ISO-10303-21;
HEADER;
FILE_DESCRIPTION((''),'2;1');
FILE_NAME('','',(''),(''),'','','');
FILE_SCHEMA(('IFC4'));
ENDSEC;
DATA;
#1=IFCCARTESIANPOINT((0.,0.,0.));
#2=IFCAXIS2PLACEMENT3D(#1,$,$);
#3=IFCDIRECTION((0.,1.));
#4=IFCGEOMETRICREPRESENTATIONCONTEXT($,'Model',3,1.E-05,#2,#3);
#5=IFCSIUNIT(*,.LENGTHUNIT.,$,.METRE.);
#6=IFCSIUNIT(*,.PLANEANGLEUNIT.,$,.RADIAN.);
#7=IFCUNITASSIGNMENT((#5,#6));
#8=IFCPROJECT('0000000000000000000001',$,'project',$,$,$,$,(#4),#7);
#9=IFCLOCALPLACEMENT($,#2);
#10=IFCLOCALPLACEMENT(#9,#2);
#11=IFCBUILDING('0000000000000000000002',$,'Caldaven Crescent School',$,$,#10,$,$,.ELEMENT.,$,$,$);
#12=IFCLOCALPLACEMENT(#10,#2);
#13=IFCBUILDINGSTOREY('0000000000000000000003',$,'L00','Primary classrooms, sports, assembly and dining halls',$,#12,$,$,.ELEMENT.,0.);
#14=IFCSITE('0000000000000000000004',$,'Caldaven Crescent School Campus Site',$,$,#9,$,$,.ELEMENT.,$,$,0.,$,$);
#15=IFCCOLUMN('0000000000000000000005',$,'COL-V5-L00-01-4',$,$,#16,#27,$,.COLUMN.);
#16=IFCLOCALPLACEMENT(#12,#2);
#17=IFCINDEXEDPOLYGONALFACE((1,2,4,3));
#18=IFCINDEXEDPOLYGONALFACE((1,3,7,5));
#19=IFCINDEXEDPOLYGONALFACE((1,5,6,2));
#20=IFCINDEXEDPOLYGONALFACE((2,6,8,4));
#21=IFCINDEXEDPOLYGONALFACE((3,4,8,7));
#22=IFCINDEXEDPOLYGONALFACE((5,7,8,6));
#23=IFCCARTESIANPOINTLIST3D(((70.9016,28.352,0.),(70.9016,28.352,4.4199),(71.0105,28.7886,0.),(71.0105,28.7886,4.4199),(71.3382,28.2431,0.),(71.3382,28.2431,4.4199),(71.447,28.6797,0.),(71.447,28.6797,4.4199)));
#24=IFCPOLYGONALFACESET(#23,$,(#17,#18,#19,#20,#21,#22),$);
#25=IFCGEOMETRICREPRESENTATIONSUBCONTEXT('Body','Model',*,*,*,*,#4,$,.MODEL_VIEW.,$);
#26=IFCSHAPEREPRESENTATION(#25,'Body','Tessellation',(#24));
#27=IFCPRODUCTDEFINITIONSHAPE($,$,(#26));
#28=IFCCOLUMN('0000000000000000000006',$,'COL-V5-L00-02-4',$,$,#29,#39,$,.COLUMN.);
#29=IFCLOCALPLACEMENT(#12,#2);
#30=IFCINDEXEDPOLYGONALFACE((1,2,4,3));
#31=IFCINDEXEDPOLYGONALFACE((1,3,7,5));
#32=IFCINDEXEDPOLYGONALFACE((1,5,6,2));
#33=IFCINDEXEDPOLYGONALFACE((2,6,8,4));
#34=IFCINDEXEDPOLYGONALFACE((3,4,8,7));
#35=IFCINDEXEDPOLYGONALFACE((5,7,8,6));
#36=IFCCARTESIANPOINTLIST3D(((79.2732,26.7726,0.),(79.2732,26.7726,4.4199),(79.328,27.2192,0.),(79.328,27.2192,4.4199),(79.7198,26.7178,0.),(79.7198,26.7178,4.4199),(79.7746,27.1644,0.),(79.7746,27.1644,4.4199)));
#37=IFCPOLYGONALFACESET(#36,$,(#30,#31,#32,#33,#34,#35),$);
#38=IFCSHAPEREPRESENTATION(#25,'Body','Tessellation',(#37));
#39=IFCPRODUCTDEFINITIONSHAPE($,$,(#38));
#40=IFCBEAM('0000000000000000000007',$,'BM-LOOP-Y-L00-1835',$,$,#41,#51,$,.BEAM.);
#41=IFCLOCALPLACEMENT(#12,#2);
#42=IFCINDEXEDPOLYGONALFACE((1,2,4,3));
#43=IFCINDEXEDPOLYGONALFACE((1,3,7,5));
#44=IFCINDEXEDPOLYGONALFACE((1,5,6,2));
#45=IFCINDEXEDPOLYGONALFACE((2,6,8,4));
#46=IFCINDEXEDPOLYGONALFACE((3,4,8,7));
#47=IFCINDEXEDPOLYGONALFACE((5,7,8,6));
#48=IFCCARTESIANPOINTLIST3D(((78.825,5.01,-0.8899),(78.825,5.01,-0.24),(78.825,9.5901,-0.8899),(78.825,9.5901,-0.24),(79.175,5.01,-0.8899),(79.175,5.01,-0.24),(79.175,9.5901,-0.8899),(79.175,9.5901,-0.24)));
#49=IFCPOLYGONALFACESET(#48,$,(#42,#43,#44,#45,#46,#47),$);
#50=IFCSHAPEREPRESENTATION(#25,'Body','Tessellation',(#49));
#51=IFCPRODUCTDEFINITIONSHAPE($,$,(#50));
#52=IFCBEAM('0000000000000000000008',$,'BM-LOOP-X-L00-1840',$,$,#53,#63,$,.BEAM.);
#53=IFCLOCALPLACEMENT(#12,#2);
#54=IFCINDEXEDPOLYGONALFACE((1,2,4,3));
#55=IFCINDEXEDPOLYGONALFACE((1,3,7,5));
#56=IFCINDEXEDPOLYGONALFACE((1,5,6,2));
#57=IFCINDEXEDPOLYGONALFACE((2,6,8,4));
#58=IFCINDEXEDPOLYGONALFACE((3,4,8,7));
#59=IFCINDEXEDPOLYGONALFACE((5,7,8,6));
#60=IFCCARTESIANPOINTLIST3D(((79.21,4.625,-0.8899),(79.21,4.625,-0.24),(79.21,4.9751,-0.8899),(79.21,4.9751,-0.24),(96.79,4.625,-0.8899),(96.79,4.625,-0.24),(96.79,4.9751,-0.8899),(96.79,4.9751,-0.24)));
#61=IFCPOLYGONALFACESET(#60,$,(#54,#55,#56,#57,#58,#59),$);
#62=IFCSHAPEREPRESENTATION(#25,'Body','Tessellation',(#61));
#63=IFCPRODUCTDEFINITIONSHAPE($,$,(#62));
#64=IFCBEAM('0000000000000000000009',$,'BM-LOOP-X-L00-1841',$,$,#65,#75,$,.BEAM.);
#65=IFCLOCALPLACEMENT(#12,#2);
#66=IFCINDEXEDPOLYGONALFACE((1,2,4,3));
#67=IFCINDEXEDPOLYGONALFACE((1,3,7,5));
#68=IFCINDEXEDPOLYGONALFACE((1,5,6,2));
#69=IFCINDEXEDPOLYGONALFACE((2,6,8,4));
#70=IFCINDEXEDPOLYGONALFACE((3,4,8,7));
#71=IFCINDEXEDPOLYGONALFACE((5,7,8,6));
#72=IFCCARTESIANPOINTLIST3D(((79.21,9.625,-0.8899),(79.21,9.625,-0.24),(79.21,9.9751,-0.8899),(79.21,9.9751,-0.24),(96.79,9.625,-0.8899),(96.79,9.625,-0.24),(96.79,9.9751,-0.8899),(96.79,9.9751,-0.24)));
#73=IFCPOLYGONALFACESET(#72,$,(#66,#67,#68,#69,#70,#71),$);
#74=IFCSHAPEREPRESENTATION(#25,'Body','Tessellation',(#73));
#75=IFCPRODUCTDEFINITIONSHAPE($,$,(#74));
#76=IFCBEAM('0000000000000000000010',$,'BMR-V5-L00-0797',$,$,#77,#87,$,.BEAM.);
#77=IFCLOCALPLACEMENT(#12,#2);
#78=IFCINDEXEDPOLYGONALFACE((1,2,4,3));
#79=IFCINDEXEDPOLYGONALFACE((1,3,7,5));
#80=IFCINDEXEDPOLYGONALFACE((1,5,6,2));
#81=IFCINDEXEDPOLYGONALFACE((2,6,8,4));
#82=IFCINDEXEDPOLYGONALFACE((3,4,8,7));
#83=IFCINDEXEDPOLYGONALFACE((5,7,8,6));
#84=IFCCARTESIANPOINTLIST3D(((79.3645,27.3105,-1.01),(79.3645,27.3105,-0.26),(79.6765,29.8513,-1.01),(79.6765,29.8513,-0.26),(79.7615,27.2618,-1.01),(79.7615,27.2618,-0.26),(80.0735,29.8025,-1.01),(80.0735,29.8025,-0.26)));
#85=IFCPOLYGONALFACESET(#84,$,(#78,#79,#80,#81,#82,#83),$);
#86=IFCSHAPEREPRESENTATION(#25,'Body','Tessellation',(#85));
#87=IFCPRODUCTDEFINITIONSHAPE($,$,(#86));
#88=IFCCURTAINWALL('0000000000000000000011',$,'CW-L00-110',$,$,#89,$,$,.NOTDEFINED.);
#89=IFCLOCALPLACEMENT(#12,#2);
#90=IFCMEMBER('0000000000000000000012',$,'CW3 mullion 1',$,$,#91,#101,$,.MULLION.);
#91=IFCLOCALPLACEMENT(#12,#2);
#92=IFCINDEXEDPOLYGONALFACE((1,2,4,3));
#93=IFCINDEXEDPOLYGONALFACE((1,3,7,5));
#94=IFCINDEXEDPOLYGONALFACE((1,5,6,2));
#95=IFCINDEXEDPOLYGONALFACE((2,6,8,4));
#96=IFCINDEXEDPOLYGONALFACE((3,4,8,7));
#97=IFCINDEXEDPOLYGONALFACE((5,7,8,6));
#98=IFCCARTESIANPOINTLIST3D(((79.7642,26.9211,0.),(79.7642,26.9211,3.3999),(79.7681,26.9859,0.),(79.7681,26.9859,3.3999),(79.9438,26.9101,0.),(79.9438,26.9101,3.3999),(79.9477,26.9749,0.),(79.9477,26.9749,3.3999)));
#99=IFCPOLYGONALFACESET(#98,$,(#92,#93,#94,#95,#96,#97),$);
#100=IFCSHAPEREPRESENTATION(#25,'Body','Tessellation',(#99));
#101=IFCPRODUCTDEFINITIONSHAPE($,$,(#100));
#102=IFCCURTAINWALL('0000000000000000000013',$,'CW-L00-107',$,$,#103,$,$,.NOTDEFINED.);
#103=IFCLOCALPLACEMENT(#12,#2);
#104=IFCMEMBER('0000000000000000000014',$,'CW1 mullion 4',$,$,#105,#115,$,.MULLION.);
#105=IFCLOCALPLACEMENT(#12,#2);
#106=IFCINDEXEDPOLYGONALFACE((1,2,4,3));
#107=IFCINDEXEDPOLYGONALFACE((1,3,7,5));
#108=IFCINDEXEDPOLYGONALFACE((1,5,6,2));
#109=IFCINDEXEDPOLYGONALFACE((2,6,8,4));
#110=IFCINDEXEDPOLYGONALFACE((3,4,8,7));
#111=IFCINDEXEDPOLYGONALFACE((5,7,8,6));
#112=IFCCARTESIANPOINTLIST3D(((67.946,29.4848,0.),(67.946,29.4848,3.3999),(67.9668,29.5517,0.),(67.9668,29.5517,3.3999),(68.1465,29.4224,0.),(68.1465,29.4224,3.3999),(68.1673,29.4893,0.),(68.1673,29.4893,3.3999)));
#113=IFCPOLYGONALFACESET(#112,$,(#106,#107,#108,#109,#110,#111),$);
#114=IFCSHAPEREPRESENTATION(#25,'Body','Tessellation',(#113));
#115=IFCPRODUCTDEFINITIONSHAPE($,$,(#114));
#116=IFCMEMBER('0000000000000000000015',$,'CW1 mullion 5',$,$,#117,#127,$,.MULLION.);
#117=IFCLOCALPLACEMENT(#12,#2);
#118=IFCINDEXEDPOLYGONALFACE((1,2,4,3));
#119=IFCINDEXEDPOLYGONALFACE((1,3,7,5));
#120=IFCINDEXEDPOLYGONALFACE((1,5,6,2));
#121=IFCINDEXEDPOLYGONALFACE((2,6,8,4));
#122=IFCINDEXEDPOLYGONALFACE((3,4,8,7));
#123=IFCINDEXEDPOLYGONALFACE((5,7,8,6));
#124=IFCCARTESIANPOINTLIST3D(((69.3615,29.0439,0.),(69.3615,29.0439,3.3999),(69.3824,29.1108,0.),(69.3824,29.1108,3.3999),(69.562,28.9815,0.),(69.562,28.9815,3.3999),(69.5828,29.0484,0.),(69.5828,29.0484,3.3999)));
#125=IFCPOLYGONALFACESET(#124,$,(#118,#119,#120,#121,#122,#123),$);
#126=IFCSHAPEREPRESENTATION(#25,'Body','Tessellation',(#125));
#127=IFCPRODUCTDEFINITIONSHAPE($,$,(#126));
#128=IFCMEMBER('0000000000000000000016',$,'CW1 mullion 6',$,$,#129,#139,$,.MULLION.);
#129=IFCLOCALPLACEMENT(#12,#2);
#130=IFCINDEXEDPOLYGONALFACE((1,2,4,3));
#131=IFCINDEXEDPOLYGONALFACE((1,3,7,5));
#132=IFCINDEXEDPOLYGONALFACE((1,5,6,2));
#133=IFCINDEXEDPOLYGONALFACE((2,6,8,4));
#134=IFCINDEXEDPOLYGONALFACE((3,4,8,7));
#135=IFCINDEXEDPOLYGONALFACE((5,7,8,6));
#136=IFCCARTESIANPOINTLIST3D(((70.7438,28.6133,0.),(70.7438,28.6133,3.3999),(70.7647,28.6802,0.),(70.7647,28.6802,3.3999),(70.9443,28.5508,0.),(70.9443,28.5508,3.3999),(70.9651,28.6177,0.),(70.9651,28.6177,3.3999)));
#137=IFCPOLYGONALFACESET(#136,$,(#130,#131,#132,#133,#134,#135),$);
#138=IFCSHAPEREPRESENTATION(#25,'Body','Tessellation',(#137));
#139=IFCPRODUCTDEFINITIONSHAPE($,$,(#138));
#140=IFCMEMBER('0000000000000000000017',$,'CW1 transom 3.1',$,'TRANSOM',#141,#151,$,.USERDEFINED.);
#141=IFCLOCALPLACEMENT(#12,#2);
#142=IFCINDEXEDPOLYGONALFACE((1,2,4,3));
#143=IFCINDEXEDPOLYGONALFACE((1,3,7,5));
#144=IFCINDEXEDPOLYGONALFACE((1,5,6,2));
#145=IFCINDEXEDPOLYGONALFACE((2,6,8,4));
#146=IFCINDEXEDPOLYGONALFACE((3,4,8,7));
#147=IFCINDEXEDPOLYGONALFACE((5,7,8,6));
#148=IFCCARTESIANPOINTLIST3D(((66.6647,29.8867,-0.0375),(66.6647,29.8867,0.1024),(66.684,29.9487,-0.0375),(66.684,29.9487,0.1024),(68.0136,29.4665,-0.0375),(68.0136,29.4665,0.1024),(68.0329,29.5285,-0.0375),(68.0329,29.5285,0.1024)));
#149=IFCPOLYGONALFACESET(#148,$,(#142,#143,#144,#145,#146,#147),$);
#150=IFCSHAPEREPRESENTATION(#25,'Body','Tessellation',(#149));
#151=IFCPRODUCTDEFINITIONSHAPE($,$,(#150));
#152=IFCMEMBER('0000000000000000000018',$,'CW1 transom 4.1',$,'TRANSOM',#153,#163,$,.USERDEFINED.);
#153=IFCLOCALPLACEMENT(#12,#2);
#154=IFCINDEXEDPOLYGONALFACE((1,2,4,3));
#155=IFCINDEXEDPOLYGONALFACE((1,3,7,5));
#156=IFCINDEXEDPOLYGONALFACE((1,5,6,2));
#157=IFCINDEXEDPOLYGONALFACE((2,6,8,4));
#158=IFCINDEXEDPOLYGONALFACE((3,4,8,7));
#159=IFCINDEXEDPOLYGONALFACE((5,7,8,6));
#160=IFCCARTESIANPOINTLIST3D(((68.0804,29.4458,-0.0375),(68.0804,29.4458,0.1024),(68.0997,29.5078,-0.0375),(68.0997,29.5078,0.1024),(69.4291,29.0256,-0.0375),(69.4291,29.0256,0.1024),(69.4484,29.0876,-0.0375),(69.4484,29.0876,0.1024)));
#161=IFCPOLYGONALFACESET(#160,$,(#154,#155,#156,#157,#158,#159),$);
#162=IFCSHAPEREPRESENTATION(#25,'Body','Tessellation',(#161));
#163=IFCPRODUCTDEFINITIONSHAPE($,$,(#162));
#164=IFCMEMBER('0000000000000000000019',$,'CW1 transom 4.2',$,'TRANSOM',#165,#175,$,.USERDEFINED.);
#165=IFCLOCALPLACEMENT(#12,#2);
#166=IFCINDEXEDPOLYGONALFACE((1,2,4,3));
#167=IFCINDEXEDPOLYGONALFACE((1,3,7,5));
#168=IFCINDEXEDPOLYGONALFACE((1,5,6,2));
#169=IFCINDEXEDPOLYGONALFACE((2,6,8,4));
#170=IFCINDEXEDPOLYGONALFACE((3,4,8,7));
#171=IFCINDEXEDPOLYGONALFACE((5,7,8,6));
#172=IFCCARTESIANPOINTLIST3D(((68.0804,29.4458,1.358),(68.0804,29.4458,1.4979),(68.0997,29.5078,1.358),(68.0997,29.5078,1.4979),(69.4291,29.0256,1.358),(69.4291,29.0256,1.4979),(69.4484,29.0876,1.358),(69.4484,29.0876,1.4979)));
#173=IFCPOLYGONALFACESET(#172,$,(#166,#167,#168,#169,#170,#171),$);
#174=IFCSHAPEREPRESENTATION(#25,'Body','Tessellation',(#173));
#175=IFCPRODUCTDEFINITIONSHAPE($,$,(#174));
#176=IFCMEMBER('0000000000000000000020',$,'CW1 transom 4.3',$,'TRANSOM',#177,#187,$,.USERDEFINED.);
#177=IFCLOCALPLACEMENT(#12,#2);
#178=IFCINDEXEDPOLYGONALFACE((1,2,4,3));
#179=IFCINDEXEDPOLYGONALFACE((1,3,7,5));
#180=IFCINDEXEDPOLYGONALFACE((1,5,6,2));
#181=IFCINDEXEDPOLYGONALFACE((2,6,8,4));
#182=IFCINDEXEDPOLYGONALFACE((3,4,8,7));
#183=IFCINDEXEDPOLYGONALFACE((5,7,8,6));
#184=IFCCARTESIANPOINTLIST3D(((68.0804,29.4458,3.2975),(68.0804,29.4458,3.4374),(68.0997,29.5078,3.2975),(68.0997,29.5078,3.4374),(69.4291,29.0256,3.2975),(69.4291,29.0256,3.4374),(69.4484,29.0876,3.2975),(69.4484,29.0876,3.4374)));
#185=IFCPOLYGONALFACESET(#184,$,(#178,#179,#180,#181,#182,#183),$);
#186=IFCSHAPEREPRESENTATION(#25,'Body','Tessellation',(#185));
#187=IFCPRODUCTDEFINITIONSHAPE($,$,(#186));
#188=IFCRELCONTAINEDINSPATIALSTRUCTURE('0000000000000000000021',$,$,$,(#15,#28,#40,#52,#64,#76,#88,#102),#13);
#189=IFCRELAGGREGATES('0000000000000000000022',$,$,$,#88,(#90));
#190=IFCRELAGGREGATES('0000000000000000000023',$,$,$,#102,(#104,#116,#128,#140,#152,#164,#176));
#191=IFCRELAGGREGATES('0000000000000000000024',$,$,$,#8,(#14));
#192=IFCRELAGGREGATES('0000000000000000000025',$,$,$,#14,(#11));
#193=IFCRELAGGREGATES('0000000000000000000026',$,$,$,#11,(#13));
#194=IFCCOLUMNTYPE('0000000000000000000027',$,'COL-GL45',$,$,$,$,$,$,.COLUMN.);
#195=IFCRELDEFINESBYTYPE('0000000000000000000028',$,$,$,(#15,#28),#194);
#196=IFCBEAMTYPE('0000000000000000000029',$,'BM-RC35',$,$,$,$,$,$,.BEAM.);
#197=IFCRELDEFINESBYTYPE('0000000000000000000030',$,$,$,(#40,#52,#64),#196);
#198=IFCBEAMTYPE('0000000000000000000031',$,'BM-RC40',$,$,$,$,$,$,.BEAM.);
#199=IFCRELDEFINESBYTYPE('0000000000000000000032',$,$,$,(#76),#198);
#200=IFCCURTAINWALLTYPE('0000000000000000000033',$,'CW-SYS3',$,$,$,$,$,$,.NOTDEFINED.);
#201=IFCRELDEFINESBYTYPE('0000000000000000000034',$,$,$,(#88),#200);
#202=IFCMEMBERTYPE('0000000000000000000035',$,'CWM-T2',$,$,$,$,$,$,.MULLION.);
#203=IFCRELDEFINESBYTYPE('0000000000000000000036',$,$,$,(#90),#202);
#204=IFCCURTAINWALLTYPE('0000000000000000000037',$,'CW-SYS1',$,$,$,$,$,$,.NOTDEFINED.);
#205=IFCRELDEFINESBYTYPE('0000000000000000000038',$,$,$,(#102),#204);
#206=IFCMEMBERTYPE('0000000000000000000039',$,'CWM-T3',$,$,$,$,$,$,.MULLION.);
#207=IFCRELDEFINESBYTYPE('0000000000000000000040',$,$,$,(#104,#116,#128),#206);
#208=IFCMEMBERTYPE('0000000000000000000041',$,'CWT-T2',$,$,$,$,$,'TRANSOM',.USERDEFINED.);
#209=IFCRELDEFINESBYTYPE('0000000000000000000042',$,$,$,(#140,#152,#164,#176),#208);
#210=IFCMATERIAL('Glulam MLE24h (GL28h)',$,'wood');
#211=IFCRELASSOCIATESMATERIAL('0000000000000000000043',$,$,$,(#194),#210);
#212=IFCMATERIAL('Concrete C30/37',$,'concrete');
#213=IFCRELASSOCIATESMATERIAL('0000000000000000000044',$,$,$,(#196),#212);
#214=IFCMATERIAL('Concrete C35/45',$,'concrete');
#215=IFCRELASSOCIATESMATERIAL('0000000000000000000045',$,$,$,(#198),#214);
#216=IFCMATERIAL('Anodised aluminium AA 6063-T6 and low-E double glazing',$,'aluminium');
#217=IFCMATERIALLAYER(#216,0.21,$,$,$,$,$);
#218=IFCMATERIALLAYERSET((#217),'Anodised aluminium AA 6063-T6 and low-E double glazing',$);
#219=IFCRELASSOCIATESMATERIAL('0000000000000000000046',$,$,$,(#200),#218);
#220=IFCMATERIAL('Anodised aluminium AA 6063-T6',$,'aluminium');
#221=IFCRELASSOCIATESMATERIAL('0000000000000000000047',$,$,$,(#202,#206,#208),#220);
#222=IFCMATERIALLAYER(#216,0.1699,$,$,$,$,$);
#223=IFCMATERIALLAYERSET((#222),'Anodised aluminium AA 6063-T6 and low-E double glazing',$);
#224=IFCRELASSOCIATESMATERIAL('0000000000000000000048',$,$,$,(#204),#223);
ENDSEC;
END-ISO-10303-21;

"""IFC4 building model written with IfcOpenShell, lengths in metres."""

from ifc_helpers import new_model, si_unit, direction, frame, origin, origin_2d, place, context, subcontext, project, spatial, rectangle, extrude, material, layer, layer_set, material_profile, profile_set, type_object, element, aggregate, save


model = new_model("IFC4")

# Units and contexts
model_context = context("Model", 3, precision=1e-05, world=origin(), true_north=direction((0.0, 1.0)))
body_context = subcontext(model_context, "Body", "Model", "MODEL_VIEW")
ifc_project = project(units=[si_unit("LENGTHUNIT", "METRE"), si_unit("PLANEANGLEUNIT", "RADIAN")], contexts=[model_context])

# Site, building, storey
site_placement = place(None, origin())
site = spatial("IfcSite", under=ifc_project, at=site_placement, Name="Caldaven Crescent School Campus Site", CompositionType="ELEMENT", RefElevation=0.0)
building_placement = place(site_placement, origin())
building = spatial("IfcBuilding", under=site, at=building_placement, Name="Caldaven Crescent School", CompositionType="ELEMENT")
storey_placement = place(building_placement, origin())
storey = spatial("IfcBuildingStorey", under=building, at=storey_placement, Name="L00", Description="Primary classrooms, sports, assembly and dining halls", CompositionType="ELEMENT", Elevation=0.0)

# Columns
ifc_material_1 = material(Name="Glulam MLE24h (GL28h)", Category="wood")
ifc_material_profile_1 = material_profile(ifc_material_1, rectangle(XDim=0.45, YDim=0.45, at=origin_2d()), Name="MLE 450x450")
ifc_profile_set_1 = profile_set([ifc_material_profile_1], Name="Glulam MLE24h (GL28h)")
column_type = type_object("IfcColumnType", Name="COL-GL45", PredefinedType="COLUMN", material=ifc_profile_set_1)
for number, where, z_axis, x_axis, name in (
    (1, (71.1743, 28.5159, 0.0), (0.0, 0.0, 1.0), (-0.241922, -0.970296, 0.0), "COL-V5-L00-01-4"),
    (2, (79.5239, 26.9685, 0.0), (0.0, 0.0, 1.0), (-0.121869, -0.992546, 0.0), "COL-V5-L00-02-4"),
):
    element("IfcColumn", number, at=place(storey_placement, frame(where, z_axis=z_axis, x_axis=x_axis)), inside=storey, type_object=column_type, Name=name, PredefinedType="COLUMN", context=body_context, shape_type="SweptSolid", body=[
        extrude(rectangle(XDim=0.45, YDim=0.45, at=origin_2d()), origin(), (0.0, 0.0, 1.0), 4.4199),
    ])

# Beams
ifc_material_2 = material(Name="Concrete C30/37", Category="concrete")
ifc_material_profile_2 = material_profile(ifc_material_2, rectangle(XDim=0.3501, YDim=0.6499, at=origin_2d()), Name="RC 350x650")
ifc_profile_set_2 = profile_set([ifc_material_profile_2], Name="Concrete C30/37")
beam_type_1 = type_object("IfcBeamType", Name="BM-RC35", PredefinedType="BEAM", material=ifc_profile_set_2)
beam_1_placement = place(storey_placement, frame((79.0, 5.01, -0.5649), z_axis=(0.0, 1.0, 0.0), x_axis=(-1.0, 0.0, 0.0)))
element("IfcBeam", 3, at=beam_1_placement, inside=storey, type_object=beam_type_1, Name="BM-LOOP-Y-L00-1835", PredefinedType="BEAM", context=body_context, shape_type="SweptSolid", body=[
    extrude(rectangle(XDim=0.3501, YDim=0.6499, at=origin_2d()), origin(), (0.0, 0.0, 1.0), 4.5801),
])
for number, where, z_axis, x_axis, name in (
    (4, (79.21, 4.8, -0.5649), (1.0, 0.0, 0.0), (0.0, 1.0, 0.0), "BM-LOOP-X-L00-1840"),
    (5, (79.21, 9.8, -0.5649), (1.0, 0.0, 0.0), (0.0, 1.0, 0.0), "BM-LOOP-X-L00-1841"),
):
    element("IfcBeam", number, at=place(storey_placement, frame(where, z_axis=z_axis, x_axis=x_axis)), inside=storey, type_object=beam_type_1, Name=name, PredefinedType="BEAM", context=body_context, shape_type="SweptSolid", body=[
        extrude(rectangle(XDim=0.3501, YDim=0.6499, at=origin_2d()), origin(), (0.0, 0.0, 1.0), 17.5801),
    ])
ifc_material_3 = material(Name="Concrete C35/45", Category="concrete")
ifc_material_profile_3 = material_profile(ifc_material_3, rectangle(XDim=0.3999, YDim=0.75, at=origin_2d()), Name="RC 400x750")
ifc_profile_set_3 = profile_set([ifc_material_profile_3], Name="Concrete C35/45")
beam_type_2 = type_object("IfcBeamType", Name="BM-RC40", PredefinedType="BEAM", material=ifc_profile_set_3)
beam_2_placement = place(storey_placement, frame((79.875, 29.8269, -0.635), z_axis=(-0.121886, -0.992544, 0.0), x_axis=(0.992544, -0.121886, 0.0)))
element("IfcBeam", 6, at=beam_2_placement, inside=storey, type_object=beam_type_2, Name="BMR-V5-L00-0797", PredefinedType="BEAM", context=body_context, shape_type="SweptSolid", body=[
    extrude(rectangle(XDim=0.3999, YDim=0.75, at=origin_2d()), origin(), (0.0, 0.0, 1.0), 2.5598),
])

# Curtain wall, member
ifc_material_4 = material(Name="Anodised aluminium AA 6063-T6 and low-E double glazing", Category="aluminium")
ifc_layer_1 = layer(ifc_material_4, 0.21)
ifc_layer_set_1 = layer_set([ifc_layer_1], Name="Anodised aluminium AA 6063-T6 and low-E double glazing")
curtain_wall_type_1 = type_object("IfcCurtainWallType", Name="CW-SYS3", PredefinedType="NOTDEFINED", material=ifc_layer_set_1)
curtain_wall_1_placement = place(storey_placement, origin())
curtain_wall_1 = element("IfcCurtainWall", 7, at=curtain_wall_1_placement, inside=storey, type_object=curtain_wall_type_1, Name="CW-L00-110", PredefinedType="NOTDEFINED")
ifc_material_5 = material(Name="Anodised aluminium AA 6063-T6", Category="aluminium")
ifc_material_profile_4 = material_profile(ifc_material_5, rectangle(XDim=0.0649, YDim=0.1799, at=origin_2d()), Name="CWM 65x180")
ifc_profile_set_4 = profile_set([ifc_material_profile_4], Name="Anodised aluminium AA 6063-T6")
member_type_1 = type_object("IfcMemberType", Name="CWM-T2", PredefinedType="MULLION", material=ifc_profile_set_4)
member_1_placement = place(storey_placement, frame((79.856, 26.948, 0.0), z_axis=(0.0, 0.0, 1.0), x_axis=(0.061049, 0.998135, 0.0)))
member_1 = element("IfcMember", 8, at=member_1_placement, type_object=member_type_1, Name="CW3 mullion 1", PredefinedType="MULLION", context=body_context, shape_type="SweptSolid", body=[
    extrude(rectangle(XDim=0.0649, YDim=0.1799, at=origin_2d()), origin(), (0.0, 0.0, 1.0), 3.3999),
])

# Curtain wall, members
ifc_layer_2 = layer(ifc_material_4, 0.1699)
ifc_layer_set_2 = layer_set([ifc_layer_2], Name="Anodised aluminium AA 6063-T6 and low-E double glazing")
curtain_wall_type_2 = type_object("IfcCurtainWallType", Name="CW-SYS1", PredefinedType="NOTDEFINED", material=ifc_layer_set_2)
curtain_wall_2_placement = place(storey_placement, origin())
curtain_wall_2 = element("IfcCurtainWall", 9, at=curtain_wall_2_placement, inside=storey, type_object=curtain_wall_type_2, Name="CW-L00-107", PredefinedType="NOTDEFINED")
ifc_material_profile_5 = material_profile(ifc_material_5, rectangle(XDim=0.0701, YDim=0.21, at=origin_2d()), Name="CWM 70x210")
ifc_profile_set_5 = profile_set([ifc_material_profile_5], Name="Anodised aluminium AA 6063-T6")
member_type_2 = type_object("IfcMemberType", Name="CWM-T3", PredefinedType="MULLION", material=ifc_profile_set_5)
member_2_placement = place(storey_placement, frame((68.0566, 29.4871, 0.0), z_axis=(0.0, 0.0, 1.0), x_axis=(0.29742, 0.954747, 0.0)))
member_2 = element("IfcMember", 10, at=member_2_placement, type_object=member_type_2, Name="CW1 mullion 4", PredefinedType="MULLION", context=body_context, shape_type="SweptSolid", body=[
    extrude(rectangle(XDim=0.0701, YDim=0.21, at=origin_2d()), origin(), (0.0, 0.0, 1.0), 3.3999),
])
member_3_placement = place(storey_placement, frame((69.4722, 29.0461, 0.0), z_axis=(0.0, 0.0, 1.0), x_axis=(0.29742, 0.954747, 0.0)))
member_3 = element("IfcMember", 11, at=member_3_placement, type_object=member_type_2, Name="CW1 mullion 5", PredefinedType="MULLION", context=body_context, shape_type="SweptSolid", body=[
    extrude(rectangle(XDim=0.0701, YDim=0.21, at=origin_2d()), origin(), (0.0, 0.0, 1.0), 3.3999),
])
member_4_placement = place(storey_placement, frame((70.8545, 28.6155, 0.0), z_axis=(0.0, 0.0, 1.0), x_axis=(0.29742, 0.954747, 0.0)))
member_4 = element("IfcMember", 12, at=member_4_placement, type_object=member_type_2, Name="CW1 mullion 6", PredefinedType="MULLION", context=body_context, shape_type="SweptSolid", body=[
    extrude(rectangle(XDim=0.0701, YDim=0.21, at=origin_2d()), origin(), (0.0, 0.0, 1.0), 3.3999),
])
ifc_material_profile_6 = material_profile(ifc_material_5, rectangle(XDim=0.0649, YDim=0.1399, at=origin_2d()), Name="CWT 65x140")
ifc_profile_set_6 = profile_set([ifc_material_profile_6], Name="Anodised aluminium AA 6063-T6")
member_type_3 = type_object("IfcMemberType", Name="CWT-T2", ElementType="TRANSOM", PredefinedType="USERDEFINED", material=ifc_profile_set_6)
member_5_placement = place(storey_placement, frame((66.6743, 29.9177, 0.0325), z_axis=(0.954753, -0.297399, 0.0), x_axis=(0.297399, 0.954753, 0.0)))
member_5 = element("IfcMember", 13, at=member_5_placement, type_object=member_type_3, Name="CW1 transom 3.1", ObjectType="TRANSOM", PredefinedType="USERDEFINED", context=body_context, shape_type="SweptSolid", body=[
    extrude(rectangle(XDim=0.0649, YDim=0.1399, at=origin_2d()), origin(), (0.0, 0.0, 1.0), 1.4128),
])
member_6_placement = place(storey_placement, frame((68.0901, 29.4768, 0.0325), z_axis=(0.954738, -0.297448, 0.0), x_axis=(0.297448, 0.954738, 0.0)))
member_6 = element("IfcMember", 14, at=member_6_placement, type_object=member_type_3, Name="CW1 transom 4.1", ObjectType="TRANSOM", PredefinedType="USERDEFINED", context=body_context, shape_type="SweptSolid", body=[
    extrude(rectangle(XDim=0.0649, YDim=0.1399, at=origin_2d()), origin(), (0.0, 0.0, 1.0), 1.4126),
])
member_7_placement = place(storey_placement, frame((68.0901, 29.4768, 1.428), z_axis=(0.954738, -0.297448, 0.0), x_axis=(0.297448, 0.954738, 0.0)))
member_7 = element("IfcMember", 15, at=member_7_placement, type_object=member_type_3, Name="CW1 transom 4.2", ObjectType="TRANSOM", PredefinedType="USERDEFINED", context=body_context, shape_type="SweptSolid", body=[
    extrude(rectangle(XDim=0.0649, YDim=0.1399, at=origin_2d()), origin(), (0.0, 0.0, 1.0), 1.4126),
])
member_8_placement = place(storey_placement, frame((68.0901, 29.4768, 3.3674), z_axis=(0.954738, -0.297448, 0.0), x_axis=(0.297448, 0.954738, 0.0)))
member_8 = element("IfcMember", 16, at=member_8_placement, type_object=member_type_3, Name="CW1 transom 4.3", ObjectType="TRANSOM", PredefinedType="USERDEFINED", context=body_context, shape_type="SweptSolid", body=[
    extrude(rectangle(XDim=0.0649, YDim=0.1399, at=origin_2d()), origin(), (0.0, 0.0, 1.0), 1.4126),
])

aggregate(curtain_wall_1, [member_1])

aggregate(curtain_wall_2, [member_2, member_3, member_4, member_5, member_6, member_7, member_8])

save(model, "model.ifc")
